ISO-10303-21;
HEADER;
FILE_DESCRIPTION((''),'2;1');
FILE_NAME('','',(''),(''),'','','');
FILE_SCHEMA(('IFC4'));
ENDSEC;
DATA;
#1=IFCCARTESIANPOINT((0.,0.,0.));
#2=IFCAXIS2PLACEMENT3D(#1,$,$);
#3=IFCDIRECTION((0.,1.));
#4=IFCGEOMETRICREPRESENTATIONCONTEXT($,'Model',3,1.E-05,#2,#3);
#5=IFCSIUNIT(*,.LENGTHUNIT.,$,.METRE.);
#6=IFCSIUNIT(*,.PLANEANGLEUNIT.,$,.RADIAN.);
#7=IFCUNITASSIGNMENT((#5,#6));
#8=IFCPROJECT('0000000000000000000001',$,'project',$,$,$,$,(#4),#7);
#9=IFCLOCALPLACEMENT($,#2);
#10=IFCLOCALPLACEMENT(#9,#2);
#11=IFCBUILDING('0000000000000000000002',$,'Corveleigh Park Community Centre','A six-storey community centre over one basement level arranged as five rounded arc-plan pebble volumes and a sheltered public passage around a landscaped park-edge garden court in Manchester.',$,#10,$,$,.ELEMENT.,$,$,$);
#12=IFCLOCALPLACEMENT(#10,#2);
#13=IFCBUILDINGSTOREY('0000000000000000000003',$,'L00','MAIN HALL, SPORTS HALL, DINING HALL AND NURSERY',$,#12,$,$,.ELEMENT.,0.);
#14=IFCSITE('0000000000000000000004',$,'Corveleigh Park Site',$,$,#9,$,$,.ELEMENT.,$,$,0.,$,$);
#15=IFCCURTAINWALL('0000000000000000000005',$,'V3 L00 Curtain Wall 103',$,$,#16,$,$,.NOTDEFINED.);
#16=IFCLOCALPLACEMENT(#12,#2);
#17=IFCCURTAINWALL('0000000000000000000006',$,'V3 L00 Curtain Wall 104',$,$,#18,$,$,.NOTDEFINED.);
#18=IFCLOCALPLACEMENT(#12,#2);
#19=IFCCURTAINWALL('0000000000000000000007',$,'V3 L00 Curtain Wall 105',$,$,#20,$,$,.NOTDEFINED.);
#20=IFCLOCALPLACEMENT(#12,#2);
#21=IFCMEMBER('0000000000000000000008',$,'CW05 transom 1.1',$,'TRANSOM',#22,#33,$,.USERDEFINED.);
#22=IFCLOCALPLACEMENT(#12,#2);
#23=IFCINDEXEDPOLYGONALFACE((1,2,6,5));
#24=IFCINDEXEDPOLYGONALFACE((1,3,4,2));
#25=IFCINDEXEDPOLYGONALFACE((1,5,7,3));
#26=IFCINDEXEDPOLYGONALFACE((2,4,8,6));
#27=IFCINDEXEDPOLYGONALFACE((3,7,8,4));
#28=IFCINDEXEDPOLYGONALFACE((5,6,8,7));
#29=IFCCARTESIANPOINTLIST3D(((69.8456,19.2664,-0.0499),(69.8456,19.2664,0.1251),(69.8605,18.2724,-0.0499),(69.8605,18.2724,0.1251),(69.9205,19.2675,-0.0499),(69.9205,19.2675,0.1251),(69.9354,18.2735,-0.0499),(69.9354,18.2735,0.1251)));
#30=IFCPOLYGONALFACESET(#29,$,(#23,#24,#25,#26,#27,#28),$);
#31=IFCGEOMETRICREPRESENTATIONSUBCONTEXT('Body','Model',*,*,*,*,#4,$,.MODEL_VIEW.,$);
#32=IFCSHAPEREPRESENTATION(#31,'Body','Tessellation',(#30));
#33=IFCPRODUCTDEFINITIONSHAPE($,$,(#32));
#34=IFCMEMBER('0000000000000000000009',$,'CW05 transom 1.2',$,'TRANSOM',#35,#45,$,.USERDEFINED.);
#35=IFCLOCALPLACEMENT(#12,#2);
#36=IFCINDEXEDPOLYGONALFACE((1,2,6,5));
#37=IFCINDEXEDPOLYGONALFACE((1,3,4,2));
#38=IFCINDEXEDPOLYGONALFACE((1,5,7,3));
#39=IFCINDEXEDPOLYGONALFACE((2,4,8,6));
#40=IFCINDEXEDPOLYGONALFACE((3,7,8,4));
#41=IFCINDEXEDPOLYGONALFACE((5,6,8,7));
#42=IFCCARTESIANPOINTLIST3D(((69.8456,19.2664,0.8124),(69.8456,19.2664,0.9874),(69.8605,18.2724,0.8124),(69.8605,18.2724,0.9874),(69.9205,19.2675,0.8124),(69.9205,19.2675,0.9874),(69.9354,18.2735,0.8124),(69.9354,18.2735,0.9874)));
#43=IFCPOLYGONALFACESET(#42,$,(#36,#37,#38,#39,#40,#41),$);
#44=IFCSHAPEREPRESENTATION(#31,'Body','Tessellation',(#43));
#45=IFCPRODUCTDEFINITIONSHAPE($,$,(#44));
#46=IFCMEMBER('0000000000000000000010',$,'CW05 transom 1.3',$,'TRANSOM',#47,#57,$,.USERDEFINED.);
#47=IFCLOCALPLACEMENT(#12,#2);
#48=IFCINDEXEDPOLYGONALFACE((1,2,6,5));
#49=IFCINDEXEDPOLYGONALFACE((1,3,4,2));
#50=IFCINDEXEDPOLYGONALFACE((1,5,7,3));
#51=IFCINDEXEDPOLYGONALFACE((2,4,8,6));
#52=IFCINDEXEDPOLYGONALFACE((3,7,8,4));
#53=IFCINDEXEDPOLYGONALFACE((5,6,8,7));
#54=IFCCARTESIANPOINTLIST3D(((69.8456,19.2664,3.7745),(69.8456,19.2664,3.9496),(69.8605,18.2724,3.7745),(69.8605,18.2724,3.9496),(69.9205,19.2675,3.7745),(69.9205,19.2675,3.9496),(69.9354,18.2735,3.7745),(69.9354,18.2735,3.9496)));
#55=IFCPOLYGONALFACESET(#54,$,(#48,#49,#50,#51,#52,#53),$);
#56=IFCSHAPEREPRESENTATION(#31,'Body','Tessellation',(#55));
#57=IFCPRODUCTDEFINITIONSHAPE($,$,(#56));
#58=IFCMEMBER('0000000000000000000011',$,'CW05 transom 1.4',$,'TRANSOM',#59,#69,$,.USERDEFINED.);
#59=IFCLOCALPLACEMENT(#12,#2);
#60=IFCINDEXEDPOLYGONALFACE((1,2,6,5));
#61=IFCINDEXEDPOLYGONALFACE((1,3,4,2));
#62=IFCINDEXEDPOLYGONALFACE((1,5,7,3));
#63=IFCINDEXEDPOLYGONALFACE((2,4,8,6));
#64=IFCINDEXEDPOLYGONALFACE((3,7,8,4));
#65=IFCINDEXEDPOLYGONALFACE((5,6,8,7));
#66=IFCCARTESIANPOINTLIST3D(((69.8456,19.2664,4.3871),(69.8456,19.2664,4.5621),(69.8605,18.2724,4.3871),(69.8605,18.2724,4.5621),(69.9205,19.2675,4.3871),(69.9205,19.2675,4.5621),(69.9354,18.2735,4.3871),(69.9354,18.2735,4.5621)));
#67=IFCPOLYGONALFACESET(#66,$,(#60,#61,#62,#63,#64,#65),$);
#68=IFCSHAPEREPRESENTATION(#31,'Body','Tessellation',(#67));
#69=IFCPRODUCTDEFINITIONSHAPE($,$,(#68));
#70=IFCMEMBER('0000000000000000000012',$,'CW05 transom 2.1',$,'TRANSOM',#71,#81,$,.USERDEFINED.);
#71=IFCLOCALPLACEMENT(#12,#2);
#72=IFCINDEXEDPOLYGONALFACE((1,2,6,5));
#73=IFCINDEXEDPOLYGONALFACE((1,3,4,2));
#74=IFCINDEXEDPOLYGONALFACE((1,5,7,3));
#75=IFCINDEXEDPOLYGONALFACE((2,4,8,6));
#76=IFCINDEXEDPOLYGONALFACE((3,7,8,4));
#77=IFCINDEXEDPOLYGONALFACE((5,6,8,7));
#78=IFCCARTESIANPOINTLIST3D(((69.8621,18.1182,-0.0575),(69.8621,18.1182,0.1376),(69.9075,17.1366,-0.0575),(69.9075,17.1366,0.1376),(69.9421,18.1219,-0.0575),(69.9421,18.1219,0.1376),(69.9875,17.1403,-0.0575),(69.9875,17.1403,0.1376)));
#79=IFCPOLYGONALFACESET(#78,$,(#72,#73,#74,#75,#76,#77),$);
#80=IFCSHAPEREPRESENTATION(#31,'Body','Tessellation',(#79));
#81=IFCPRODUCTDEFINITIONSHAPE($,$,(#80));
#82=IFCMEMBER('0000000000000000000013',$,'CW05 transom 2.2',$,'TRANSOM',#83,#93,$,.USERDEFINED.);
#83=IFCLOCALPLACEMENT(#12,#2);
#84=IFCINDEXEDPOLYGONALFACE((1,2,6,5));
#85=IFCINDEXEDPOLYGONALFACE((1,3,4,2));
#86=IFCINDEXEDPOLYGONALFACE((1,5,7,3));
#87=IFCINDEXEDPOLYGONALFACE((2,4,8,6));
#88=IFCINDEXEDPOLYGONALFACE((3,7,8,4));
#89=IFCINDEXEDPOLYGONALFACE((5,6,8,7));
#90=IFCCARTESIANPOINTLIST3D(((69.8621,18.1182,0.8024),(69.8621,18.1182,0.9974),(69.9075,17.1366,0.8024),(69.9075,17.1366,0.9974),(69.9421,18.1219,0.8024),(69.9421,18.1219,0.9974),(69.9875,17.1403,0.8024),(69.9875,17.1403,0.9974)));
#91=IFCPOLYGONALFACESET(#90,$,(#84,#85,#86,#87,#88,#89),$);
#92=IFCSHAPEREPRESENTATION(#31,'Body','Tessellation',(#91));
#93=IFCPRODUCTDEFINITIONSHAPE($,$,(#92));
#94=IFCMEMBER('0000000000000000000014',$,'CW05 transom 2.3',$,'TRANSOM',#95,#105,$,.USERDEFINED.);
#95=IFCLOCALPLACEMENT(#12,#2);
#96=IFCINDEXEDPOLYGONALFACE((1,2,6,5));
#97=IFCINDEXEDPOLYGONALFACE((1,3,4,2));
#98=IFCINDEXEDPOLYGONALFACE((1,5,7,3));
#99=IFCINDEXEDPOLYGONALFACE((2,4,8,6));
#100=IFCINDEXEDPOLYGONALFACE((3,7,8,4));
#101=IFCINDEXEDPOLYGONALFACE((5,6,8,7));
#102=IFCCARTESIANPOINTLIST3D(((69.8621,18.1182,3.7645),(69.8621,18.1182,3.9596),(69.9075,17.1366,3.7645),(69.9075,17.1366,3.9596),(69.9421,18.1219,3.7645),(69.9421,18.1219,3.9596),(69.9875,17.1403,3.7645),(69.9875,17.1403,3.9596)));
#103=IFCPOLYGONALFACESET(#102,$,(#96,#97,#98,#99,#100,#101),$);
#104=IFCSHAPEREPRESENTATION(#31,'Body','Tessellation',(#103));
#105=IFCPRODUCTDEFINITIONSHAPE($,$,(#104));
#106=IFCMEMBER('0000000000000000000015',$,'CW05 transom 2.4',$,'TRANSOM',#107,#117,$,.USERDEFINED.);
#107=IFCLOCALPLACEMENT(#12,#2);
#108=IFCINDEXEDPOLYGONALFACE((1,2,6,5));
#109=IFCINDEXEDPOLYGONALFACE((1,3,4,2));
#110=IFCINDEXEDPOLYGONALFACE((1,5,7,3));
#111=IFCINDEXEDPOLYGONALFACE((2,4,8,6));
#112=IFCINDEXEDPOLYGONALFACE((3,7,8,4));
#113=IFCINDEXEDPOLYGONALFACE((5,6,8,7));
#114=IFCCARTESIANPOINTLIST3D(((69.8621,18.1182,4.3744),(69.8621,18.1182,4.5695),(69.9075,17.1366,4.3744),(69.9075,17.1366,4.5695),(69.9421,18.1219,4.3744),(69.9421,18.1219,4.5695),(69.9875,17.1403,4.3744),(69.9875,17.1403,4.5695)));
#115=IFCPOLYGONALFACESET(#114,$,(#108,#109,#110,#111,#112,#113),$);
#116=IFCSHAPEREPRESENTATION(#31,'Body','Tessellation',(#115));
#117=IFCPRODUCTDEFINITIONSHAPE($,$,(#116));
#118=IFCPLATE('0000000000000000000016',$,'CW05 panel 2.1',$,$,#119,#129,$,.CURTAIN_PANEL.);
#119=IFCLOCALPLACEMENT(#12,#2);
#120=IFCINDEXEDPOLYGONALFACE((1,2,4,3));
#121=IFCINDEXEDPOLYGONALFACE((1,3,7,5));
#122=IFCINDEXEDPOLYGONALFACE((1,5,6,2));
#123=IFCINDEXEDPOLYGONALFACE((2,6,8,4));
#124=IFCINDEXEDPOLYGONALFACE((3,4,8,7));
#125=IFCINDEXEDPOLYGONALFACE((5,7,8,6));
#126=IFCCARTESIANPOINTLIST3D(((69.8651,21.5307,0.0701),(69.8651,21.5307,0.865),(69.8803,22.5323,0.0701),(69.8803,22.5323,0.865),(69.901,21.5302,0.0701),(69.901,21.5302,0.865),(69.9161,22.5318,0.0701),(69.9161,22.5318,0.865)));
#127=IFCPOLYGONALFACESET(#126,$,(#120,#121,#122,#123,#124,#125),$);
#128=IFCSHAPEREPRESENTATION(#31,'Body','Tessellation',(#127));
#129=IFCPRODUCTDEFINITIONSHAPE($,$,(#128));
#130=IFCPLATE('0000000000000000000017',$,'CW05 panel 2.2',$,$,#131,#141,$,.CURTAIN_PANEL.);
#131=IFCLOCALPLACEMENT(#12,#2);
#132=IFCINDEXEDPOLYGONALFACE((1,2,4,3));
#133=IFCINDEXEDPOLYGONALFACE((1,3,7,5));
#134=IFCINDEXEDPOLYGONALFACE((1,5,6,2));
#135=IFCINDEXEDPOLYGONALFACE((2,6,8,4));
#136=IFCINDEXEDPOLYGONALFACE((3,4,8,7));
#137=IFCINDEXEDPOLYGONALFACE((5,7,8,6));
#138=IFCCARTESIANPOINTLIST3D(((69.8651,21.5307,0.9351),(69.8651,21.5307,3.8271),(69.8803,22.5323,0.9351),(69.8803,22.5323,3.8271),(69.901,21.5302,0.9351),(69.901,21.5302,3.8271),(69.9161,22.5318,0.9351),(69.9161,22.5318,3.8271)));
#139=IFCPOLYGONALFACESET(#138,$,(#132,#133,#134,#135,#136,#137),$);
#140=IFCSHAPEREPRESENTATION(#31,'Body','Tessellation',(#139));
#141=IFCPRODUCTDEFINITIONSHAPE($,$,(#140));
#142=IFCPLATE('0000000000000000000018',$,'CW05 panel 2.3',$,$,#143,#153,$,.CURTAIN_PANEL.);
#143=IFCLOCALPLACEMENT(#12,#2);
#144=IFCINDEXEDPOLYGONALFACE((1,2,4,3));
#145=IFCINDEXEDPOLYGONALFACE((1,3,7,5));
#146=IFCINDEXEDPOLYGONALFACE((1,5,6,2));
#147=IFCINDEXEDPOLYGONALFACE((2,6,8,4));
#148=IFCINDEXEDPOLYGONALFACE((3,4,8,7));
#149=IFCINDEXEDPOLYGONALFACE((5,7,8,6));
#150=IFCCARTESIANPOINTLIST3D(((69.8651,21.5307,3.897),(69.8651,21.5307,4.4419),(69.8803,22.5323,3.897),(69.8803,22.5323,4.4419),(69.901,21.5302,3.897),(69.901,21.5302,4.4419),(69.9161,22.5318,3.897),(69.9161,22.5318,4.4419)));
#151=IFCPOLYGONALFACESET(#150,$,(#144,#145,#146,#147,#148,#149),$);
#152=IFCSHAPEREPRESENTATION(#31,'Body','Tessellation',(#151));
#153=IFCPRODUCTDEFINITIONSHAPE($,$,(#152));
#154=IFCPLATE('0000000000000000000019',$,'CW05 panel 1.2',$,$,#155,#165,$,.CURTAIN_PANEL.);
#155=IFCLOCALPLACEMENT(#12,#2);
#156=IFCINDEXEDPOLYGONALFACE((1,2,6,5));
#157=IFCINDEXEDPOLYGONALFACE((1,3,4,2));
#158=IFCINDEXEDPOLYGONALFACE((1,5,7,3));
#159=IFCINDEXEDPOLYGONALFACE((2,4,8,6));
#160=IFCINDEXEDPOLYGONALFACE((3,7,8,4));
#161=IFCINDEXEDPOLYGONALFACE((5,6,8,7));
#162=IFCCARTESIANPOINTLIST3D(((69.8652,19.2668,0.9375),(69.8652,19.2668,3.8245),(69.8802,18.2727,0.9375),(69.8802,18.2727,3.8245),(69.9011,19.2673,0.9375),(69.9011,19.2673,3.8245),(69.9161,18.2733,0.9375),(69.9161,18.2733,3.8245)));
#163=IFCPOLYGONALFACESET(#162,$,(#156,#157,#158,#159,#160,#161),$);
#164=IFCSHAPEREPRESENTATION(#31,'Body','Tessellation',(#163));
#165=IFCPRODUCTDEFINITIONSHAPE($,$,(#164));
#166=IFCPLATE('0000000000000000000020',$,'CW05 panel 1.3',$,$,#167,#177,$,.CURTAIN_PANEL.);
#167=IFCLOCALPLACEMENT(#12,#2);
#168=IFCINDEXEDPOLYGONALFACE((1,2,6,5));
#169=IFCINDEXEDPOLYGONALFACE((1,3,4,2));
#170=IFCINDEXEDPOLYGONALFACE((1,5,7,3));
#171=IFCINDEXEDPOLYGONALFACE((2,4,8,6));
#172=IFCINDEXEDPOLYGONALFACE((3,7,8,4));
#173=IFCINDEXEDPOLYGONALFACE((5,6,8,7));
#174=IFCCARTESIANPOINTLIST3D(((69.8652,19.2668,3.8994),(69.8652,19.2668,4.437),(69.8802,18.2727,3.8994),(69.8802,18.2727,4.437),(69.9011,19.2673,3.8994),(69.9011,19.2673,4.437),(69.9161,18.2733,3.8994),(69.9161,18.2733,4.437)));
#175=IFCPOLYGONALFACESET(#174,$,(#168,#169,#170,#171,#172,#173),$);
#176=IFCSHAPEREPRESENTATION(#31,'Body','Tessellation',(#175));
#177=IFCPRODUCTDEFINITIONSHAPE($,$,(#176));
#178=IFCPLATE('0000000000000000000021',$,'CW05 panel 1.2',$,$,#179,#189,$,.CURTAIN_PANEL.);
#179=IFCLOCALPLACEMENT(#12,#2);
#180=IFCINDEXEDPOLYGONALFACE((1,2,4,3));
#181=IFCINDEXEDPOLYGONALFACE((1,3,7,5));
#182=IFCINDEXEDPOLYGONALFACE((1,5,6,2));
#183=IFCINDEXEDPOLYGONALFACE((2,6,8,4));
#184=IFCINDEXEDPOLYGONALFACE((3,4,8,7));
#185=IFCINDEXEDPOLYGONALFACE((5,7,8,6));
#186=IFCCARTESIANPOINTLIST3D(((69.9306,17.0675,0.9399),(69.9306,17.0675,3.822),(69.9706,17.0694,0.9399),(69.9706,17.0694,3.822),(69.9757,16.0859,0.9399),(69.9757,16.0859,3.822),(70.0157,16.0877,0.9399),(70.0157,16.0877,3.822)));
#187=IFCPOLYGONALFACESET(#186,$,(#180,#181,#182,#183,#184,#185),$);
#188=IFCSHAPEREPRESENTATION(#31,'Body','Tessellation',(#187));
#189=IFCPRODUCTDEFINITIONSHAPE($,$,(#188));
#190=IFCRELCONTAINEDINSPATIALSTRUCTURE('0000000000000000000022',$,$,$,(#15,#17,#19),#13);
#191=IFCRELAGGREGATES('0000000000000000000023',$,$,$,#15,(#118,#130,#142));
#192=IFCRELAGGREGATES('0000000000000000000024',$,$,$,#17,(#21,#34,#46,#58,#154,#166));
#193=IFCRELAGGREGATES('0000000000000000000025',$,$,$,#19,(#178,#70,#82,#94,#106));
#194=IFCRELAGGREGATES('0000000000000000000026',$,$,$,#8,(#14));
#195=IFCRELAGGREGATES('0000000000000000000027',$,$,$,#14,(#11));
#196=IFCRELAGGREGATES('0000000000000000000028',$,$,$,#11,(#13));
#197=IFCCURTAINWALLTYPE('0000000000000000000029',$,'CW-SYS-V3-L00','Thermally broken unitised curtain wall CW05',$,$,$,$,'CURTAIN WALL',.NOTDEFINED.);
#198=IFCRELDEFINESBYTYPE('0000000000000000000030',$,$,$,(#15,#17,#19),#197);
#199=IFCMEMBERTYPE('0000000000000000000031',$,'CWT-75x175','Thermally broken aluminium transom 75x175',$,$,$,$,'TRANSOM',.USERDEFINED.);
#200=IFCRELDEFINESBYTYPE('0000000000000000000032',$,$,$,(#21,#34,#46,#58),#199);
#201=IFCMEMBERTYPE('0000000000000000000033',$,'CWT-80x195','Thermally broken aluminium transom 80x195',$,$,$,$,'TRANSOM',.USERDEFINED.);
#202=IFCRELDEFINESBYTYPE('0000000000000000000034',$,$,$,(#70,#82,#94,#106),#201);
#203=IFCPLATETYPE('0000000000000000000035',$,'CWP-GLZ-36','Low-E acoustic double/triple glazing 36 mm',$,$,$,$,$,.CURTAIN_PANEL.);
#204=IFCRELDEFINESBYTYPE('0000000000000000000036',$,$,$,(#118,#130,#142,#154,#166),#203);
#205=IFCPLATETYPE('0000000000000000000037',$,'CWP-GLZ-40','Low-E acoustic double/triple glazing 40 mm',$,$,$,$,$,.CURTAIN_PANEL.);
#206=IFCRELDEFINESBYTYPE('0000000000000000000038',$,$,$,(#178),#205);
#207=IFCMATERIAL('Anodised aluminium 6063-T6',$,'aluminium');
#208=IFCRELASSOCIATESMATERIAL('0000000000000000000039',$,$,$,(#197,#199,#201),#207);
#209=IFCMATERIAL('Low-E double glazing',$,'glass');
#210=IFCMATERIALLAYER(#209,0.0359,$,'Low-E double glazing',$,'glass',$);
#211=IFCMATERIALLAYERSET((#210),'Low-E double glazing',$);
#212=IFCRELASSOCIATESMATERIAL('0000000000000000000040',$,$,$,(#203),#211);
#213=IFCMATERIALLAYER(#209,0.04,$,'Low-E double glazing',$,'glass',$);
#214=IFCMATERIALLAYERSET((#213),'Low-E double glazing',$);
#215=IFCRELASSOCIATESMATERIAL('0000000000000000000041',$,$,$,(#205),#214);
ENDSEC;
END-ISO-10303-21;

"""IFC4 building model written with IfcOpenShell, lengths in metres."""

from ifc_helpers import new_model, si_unit, direction, frame, origin, origin_2d, place, context, subcontext, project, spatial, rectangle, extrude, material, layer, layer_set, material_profile, profile_set, type_object, element, aggregate, save


model = new_model("IFC4")

# Units and contexts
model_context = context("Model", 3, precision=1e-05, world=origin(), true_north=direction((0.0, 1.0)))
body_context = subcontext(model_context, "Body", "Model", "MODEL_VIEW")
ifc_project = project(units=[si_unit("LENGTHUNIT", "METRE"), si_unit("PLANEANGLEUNIT", "RADIAN")], contexts=[model_context])

# Site, building, storey
site_placement = place(None, origin())
site = spatial("IfcSite", under=ifc_project, at=site_placement, Name="Corveleigh Park Site", CompositionType="ELEMENT", RefElevation=0.0)
building_placement = place(site_placement, origin())
building = spatial("IfcBuilding", under=site, at=building_placement, Name="Corveleigh Park Community Centre", Description="A six-storey community centre over one basement level arranged as five rounded arc-plan pebble volumes and a sheltered public passage around a landscaped park-edge garden court in Manchester.", CompositionType="ELEMENT")
storey_placement = place(building_placement, origin())
storey = spatial("IfcBuildingStorey", under=building, at=storey_placement, Name="L00", Description="MAIN HALL, SPORTS HALL, DINING HALL AND NURSERY", CompositionType="ELEMENT", Elevation=0.0)

# Curtain walls
ifc_material_1 = material(Name="Anodised aluminium 6063-T6", Category="aluminium")
curtain_wall_type = type_object("IfcCurtainWallType", Name="CW-SYS-V3-L00", Description="Thermally broken unitised curtain wall CW05", ElementType="CURTAIN WALL", PredefinedType="NOTDEFINED", material=ifc_material_1)
curtain_wall_1_placement = place(storey_placement, origin())
curtain_wall_1 = element("IfcCurtainWall", 1, at=curtain_wall_1_placement, inside=storey, type_object=curtain_wall_type, Name="V3 L00 Curtain Wall 103", PredefinedType="NOTDEFINED")
curtain_wall_2_placement = place(storey_placement, origin())
curtain_wall_2 = element("IfcCurtainWall", 2, at=curtain_wall_2_placement, inside=storey, type_object=curtain_wall_type, Name="V3 L00 Curtain Wall 104", PredefinedType="NOTDEFINED")

# Curtain wall
curtain_wall_3_placement = place(storey_placement, origin())
curtain_wall_3 = element("IfcCurtainWall", 3, at=curtain_wall_3_placement, inside=storey, type_object=curtain_wall_type, Name="V3 L00 Curtain Wall 105", PredefinedType="NOTDEFINED")

# Members
ifc_material_profile_1 = material_profile(ifc_material_1, rectangle(XDim=0.075, YDim=0.175, at=origin_2d()), Name="ALU-T75x175", Category="aluminium")
ifc_profile_set_1 = profile_set([ifc_material_profile_1], Name="Anodised aluminium 6063-T6")
member_type_1 = type_object("IfcMemberType", Name="CWT-75x175", Description="Thermally broken aluminium transom 75x175", ElementType="TRANSOM", PredefinedType="USERDEFINED", material=ifc_profile_set_1)
member_1_placement = place(storey_placement, frame((69.8979, 18.2729, 0.0376), z_axis=(-0.014979, 0.999888, 0.0), x_axis=(-0.999888, -0.014979, 0.0)))
member_1 = element("IfcMember", 4, at=member_1_placement, type_object=member_type_1, Name="CW05 transom 1.1", ObjectType="TRANSOM", PredefinedType="USERDEFINED", context=body_context, shape_type="SweptSolid", body=[
    extrude(rectangle(XDim=0.075, YDim=0.175, at=origin_2d()), origin(), (0.0, 0.0, 1.0), 0.9941),
])
member_2_placement = place(storey_placement, frame((69.8979, 18.2729, 0.8999), z_axis=(-0.014979, 0.999888, 0.0), x_axis=(-0.999888, -0.014979, 0.0)))
member_2 = element("IfcMember", 5, at=member_2_placement, type_object=member_type_1, Name="CW05 transom 1.2", ObjectType="TRANSOM", PredefinedType="USERDEFINED", context=body_context, shape_type="SweptSolid", body=[
    extrude(rectangle(XDim=0.075, YDim=0.175, at=origin_2d()), origin(), (0.0, 0.0, 1.0), 0.9941),
])
member_3_placement = place(storey_placement, frame((69.8979, 18.2729, 3.8621), z_axis=(-0.014979, 0.999888, 0.0), x_axis=(-0.999888, -0.014979, 0.0)))
member_3 = element("IfcMember", 6, at=member_3_placement, type_object=member_type_1, Name="CW05 transom 1.3", ObjectType="TRANSOM", PredefinedType="USERDEFINED", context=body_context, shape_type="SweptSolid", body=[
    extrude(rectangle(XDim=0.075, YDim=0.175, at=origin_2d()), origin(), (0.0, 0.0, 1.0), 0.9941),
])
member_4_placement = place(storey_placement, frame((69.8979, 18.2729, 4.4746), z_axis=(-0.014979, 0.999888, 0.0), x_axis=(-0.999888, -0.014979, 0.0)))
member_4 = element("IfcMember", 7, at=member_4_placement, type_object=member_type_1, Name="CW05 transom 1.4", ObjectType="TRANSOM", PredefinedType="USERDEFINED", context=body_context, shape_type="SweptSolid", body=[
    extrude(rectangle(XDim=0.075, YDim=0.175, at=origin_2d()), origin(), (0.0, 0.0, 1.0), 0.9941),
])
ifc_material_profile_2 = material_profile(ifc_material_1, rectangle(XDim=0.0801, YDim=0.1951, at=origin_2d()), Name="ALU-T80x195", Category="aluminium")
ifc_profile_set_2 = profile_set([ifc_material_profile_2], Name="Anodised aluminium 6063-T6")
member_type_2 = type_object("IfcMemberType", Name="CWT-80x195", Description="Thermally broken aluminium transom 80x195", ElementType="TRANSOM", PredefinedType="USERDEFINED", material=ifc_profile_set_2)
member_5_placement = place(storey_placement, frame((69.9475, 17.1384, 0.04), z_axis=(-0.046208, 0.998932, 0.0), x_axis=(-0.998932, -0.046208, 0.0)))
member_5 = element("IfcMember", 8, at=member_5_placement, type_object=member_type_2, Name="CW05 transom 2.1", ObjectType="TRANSOM", PredefinedType="USERDEFINED", context=body_context, shape_type="SweptSolid", body=[
    extrude(rectangle(XDim=0.0801, YDim=0.1951, at=origin_2d()), origin(), (0.0, 0.0, 1.0), 0.9827),
])
member_6_placement = place(storey_placement, frame((69.9475, 17.1384, 0.8999), z_axis=(-0.046208, 0.998932, 0.0), x_axis=(-0.998932, -0.046208, 0.0)))
member_6 = element("IfcMember", 9, at=member_6_placement, type_object=member_type_2, Name="CW05 transom 2.2", ObjectType="TRANSOM", PredefinedType="USERDEFINED", context=body_context, shape_type="SweptSolid", body=[
    extrude(rectangle(XDim=0.0801, YDim=0.1951, at=origin_2d()), origin(), (0.0, 0.0, 1.0), 0.9827),
])
member_7_placement = place(storey_placement, frame((69.9475, 17.1384, 3.8621), z_axis=(-0.046208, 0.998932, 0.0), x_axis=(-0.998932, -0.046208, 0.0)))
member_7 = element("IfcMember", 10, at=member_7_placement, type_object=member_type_2, Name="CW05 transom 2.3", ObjectType="TRANSOM", PredefinedType="USERDEFINED", context=body_context, shape_type="SweptSolid", body=[
    extrude(rectangle(XDim=0.0801, YDim=0.1951, at=origin_2d()), origin(), (0.0, 0.0, 1.0), 0.9827),
])
member_8_placement = place(storey_placement, frame((69.9475, 17.1384, 4.4719), z_axis=(-0.046208, 0.998932, 0.0), x_axis=(-0.998932, -0.046208, 0.0)))
member_8 = element("IfcMember", 11, at=member_8_placement, type_object=member_type_2, Name="CW05 transom 2.4", ObjectType="TRANSOM", PredefinedType="USERDEFINED", context=body_context, shape_type="SweptSolid", body=[
    extrude(rectangle(XDim=0.0801, YDim=0.1951, at=origin_2d()), origin(), (0.0, 0.0, 1.0), 0.9827),
])

# Plates
ifc_material_2 = material(Name="Low-E double glazing", Category="glass")
ifc_layer_1 = layer(ifc_material_2, 0.0359, Name="Low-E double glazing", Category="glass")
ifc_layer_set_1 = layer_set([ifc_layer_1], Name="Low-E double glazing")
plate_type_1 = type_object("IfcPlateType", Name="CWP-GLZ-36", Description="Low-E acoustic double/triple glazing 36 mm", PredefinedType="CURTAIN_PANEL", material=ifc_layer_set_1)
plate_1_placement = place(storey_placement, frame((69.8906, 22.0312, 0.0701), z_axis=(0.0, 0.0, 1.0), x_axis=(0.015115, 0.999886, 0.0)))
plate_1 = element("IfcPlate", 12, at=plate_1_placement, type_object=plate_type_1, Name="CW05 panel 2.1", PredefinedType="CURTAIN_PANEL", context=body_context, shape_type="SweptSolid", body=[
    extrude(rectangle(XDim=1.0017, YDim=0.0359, at=origin_2d()), origin(), (0.0, 0.0, 1.0), 0.7949),
])
plate_2_placement = place(storey_placement, frame((69.8906, 22.0312, 0.9351), z_axis=(0.0, 0.0, 1.0), x_axis=(0.015115, 0.999886, 0.0)))
plate_2 = element("IfcPlate", 13, at=plate_2_placement, type_object=plate_type_1, Name="CW05 panel 2.2", PredefinedType="CURTAIN_PANEL", context=body_context, shape_type="SweptSolid", body=[
    extrude(rectangle(XDim=1.0017, YDim=0.0359, at=origin_2d()), origin(), (0.0, 0.0, 1.0), 2.8921),
])
plate_3_placement = place(storey_placement, frame((69.8906, 22.0312, 3.897), z_axis=(0.0, 0.0, 1.0), x_axis=(0.015115, 0.999886, 0.0)))
plate_3 = element("IfcPlate", 14, at=plate_3_placement, type_object=plate_type_1, Name="CW05 panel 2.3", PredefinedType="CURTAIN_PANEL", context=body_context, shape_type="SweptSolid", body=[
    extrude(rectangle(XDim=1.0017, YDim=0.0359, at=origin_2d()), origin(), (0.0, 0.0, 1.0), 0.5449),
])
aggregate(curtain_wall_1, [plate_1, plate_2, plate_3])
plate_4_placement = place(storey_placement, frame((69.8906, 18.77, 0.9375), z_axis=(0.0, 0.0, 1.0), x_axis=(-0.015115, 0.999886, 0.0)))
plate_4 = element("IfcPlate", 15, at=plate_4_placement, type_object=plate_type_1, Name="CW05 panel 1.2", PredefinedType="CURTAIN_PANEL", context=body_context, shape_type="SweptSolid", body=[
    extrude(rectangle(XDim=0.9941, YDim=0.0359, at=origin_2d()), origin(), (0.0, 0.0, 1.0), 2.887),
])
plate_5_placement = place(storey_placement, frame((69.8906, 18.77, 3.8994), z_axis=(0.0, 0.0, 1.0), x_axis=(-0.015115, 0.999886, 0.0)))
plate_5 = element("IfcPlate", 16, at=plate_5_placement, type_object=plate_type_1, Name="CW05 panel 1.3", PredefinedType="CURTAIN_PANEL", context=body_context, shape_type="SweptSolid", body=[
    extrude(rectangle(XDim=0.9941, YDim=0.0359, at=origin_2d()), origin(), (0.0, 0.0, 1.0), 0.5376),
])
aggregate(curtain_wall_2, [member_1, member_2, member_3, member_4, plate_4, plate_5])
ifc_layer_2 = layer(ifc_material_2, 0.04, Name="Low-E double glazing", Category="glass")
ifc_layer_set_2 = layer_set([ifc_layer_2], Name="Low-E double glazing")
plate_type_2 = type_object("IfcPlateType", Name="CWP-GLZ-40", Description="Low-E acoustic double/triple glazing 40 mm", PredefinedType="CURTAIN_PANEL", material=ifc_layer_set_2)
plate_6_placement = place(storey_placement, frame((69.9731, 16.5776, 0.9399), z_axis=(0.0, 0.0, 1.0), x_axis=(-0.045971, 0.998943, 0.0)))
plate_6 = element("IfcPlate", 17, at=plate_6_placement, type_object=plate_type_2, Name="CW05 panel 1.2", PredefinedType="CURTAIN_PANEL", context=body_context, shape_type="SweptSolid", body=[
    extrude(rectangle(XDim=0.9827, YDim=0.04, at=origin_2d()), origin(), (0.0, 0.0, 1.0), 2.8821),
])
aggregate(curtain_wall_3, [plate_6, member_5, member_6, member_7, member_8])

save(model, "model.ifc")
